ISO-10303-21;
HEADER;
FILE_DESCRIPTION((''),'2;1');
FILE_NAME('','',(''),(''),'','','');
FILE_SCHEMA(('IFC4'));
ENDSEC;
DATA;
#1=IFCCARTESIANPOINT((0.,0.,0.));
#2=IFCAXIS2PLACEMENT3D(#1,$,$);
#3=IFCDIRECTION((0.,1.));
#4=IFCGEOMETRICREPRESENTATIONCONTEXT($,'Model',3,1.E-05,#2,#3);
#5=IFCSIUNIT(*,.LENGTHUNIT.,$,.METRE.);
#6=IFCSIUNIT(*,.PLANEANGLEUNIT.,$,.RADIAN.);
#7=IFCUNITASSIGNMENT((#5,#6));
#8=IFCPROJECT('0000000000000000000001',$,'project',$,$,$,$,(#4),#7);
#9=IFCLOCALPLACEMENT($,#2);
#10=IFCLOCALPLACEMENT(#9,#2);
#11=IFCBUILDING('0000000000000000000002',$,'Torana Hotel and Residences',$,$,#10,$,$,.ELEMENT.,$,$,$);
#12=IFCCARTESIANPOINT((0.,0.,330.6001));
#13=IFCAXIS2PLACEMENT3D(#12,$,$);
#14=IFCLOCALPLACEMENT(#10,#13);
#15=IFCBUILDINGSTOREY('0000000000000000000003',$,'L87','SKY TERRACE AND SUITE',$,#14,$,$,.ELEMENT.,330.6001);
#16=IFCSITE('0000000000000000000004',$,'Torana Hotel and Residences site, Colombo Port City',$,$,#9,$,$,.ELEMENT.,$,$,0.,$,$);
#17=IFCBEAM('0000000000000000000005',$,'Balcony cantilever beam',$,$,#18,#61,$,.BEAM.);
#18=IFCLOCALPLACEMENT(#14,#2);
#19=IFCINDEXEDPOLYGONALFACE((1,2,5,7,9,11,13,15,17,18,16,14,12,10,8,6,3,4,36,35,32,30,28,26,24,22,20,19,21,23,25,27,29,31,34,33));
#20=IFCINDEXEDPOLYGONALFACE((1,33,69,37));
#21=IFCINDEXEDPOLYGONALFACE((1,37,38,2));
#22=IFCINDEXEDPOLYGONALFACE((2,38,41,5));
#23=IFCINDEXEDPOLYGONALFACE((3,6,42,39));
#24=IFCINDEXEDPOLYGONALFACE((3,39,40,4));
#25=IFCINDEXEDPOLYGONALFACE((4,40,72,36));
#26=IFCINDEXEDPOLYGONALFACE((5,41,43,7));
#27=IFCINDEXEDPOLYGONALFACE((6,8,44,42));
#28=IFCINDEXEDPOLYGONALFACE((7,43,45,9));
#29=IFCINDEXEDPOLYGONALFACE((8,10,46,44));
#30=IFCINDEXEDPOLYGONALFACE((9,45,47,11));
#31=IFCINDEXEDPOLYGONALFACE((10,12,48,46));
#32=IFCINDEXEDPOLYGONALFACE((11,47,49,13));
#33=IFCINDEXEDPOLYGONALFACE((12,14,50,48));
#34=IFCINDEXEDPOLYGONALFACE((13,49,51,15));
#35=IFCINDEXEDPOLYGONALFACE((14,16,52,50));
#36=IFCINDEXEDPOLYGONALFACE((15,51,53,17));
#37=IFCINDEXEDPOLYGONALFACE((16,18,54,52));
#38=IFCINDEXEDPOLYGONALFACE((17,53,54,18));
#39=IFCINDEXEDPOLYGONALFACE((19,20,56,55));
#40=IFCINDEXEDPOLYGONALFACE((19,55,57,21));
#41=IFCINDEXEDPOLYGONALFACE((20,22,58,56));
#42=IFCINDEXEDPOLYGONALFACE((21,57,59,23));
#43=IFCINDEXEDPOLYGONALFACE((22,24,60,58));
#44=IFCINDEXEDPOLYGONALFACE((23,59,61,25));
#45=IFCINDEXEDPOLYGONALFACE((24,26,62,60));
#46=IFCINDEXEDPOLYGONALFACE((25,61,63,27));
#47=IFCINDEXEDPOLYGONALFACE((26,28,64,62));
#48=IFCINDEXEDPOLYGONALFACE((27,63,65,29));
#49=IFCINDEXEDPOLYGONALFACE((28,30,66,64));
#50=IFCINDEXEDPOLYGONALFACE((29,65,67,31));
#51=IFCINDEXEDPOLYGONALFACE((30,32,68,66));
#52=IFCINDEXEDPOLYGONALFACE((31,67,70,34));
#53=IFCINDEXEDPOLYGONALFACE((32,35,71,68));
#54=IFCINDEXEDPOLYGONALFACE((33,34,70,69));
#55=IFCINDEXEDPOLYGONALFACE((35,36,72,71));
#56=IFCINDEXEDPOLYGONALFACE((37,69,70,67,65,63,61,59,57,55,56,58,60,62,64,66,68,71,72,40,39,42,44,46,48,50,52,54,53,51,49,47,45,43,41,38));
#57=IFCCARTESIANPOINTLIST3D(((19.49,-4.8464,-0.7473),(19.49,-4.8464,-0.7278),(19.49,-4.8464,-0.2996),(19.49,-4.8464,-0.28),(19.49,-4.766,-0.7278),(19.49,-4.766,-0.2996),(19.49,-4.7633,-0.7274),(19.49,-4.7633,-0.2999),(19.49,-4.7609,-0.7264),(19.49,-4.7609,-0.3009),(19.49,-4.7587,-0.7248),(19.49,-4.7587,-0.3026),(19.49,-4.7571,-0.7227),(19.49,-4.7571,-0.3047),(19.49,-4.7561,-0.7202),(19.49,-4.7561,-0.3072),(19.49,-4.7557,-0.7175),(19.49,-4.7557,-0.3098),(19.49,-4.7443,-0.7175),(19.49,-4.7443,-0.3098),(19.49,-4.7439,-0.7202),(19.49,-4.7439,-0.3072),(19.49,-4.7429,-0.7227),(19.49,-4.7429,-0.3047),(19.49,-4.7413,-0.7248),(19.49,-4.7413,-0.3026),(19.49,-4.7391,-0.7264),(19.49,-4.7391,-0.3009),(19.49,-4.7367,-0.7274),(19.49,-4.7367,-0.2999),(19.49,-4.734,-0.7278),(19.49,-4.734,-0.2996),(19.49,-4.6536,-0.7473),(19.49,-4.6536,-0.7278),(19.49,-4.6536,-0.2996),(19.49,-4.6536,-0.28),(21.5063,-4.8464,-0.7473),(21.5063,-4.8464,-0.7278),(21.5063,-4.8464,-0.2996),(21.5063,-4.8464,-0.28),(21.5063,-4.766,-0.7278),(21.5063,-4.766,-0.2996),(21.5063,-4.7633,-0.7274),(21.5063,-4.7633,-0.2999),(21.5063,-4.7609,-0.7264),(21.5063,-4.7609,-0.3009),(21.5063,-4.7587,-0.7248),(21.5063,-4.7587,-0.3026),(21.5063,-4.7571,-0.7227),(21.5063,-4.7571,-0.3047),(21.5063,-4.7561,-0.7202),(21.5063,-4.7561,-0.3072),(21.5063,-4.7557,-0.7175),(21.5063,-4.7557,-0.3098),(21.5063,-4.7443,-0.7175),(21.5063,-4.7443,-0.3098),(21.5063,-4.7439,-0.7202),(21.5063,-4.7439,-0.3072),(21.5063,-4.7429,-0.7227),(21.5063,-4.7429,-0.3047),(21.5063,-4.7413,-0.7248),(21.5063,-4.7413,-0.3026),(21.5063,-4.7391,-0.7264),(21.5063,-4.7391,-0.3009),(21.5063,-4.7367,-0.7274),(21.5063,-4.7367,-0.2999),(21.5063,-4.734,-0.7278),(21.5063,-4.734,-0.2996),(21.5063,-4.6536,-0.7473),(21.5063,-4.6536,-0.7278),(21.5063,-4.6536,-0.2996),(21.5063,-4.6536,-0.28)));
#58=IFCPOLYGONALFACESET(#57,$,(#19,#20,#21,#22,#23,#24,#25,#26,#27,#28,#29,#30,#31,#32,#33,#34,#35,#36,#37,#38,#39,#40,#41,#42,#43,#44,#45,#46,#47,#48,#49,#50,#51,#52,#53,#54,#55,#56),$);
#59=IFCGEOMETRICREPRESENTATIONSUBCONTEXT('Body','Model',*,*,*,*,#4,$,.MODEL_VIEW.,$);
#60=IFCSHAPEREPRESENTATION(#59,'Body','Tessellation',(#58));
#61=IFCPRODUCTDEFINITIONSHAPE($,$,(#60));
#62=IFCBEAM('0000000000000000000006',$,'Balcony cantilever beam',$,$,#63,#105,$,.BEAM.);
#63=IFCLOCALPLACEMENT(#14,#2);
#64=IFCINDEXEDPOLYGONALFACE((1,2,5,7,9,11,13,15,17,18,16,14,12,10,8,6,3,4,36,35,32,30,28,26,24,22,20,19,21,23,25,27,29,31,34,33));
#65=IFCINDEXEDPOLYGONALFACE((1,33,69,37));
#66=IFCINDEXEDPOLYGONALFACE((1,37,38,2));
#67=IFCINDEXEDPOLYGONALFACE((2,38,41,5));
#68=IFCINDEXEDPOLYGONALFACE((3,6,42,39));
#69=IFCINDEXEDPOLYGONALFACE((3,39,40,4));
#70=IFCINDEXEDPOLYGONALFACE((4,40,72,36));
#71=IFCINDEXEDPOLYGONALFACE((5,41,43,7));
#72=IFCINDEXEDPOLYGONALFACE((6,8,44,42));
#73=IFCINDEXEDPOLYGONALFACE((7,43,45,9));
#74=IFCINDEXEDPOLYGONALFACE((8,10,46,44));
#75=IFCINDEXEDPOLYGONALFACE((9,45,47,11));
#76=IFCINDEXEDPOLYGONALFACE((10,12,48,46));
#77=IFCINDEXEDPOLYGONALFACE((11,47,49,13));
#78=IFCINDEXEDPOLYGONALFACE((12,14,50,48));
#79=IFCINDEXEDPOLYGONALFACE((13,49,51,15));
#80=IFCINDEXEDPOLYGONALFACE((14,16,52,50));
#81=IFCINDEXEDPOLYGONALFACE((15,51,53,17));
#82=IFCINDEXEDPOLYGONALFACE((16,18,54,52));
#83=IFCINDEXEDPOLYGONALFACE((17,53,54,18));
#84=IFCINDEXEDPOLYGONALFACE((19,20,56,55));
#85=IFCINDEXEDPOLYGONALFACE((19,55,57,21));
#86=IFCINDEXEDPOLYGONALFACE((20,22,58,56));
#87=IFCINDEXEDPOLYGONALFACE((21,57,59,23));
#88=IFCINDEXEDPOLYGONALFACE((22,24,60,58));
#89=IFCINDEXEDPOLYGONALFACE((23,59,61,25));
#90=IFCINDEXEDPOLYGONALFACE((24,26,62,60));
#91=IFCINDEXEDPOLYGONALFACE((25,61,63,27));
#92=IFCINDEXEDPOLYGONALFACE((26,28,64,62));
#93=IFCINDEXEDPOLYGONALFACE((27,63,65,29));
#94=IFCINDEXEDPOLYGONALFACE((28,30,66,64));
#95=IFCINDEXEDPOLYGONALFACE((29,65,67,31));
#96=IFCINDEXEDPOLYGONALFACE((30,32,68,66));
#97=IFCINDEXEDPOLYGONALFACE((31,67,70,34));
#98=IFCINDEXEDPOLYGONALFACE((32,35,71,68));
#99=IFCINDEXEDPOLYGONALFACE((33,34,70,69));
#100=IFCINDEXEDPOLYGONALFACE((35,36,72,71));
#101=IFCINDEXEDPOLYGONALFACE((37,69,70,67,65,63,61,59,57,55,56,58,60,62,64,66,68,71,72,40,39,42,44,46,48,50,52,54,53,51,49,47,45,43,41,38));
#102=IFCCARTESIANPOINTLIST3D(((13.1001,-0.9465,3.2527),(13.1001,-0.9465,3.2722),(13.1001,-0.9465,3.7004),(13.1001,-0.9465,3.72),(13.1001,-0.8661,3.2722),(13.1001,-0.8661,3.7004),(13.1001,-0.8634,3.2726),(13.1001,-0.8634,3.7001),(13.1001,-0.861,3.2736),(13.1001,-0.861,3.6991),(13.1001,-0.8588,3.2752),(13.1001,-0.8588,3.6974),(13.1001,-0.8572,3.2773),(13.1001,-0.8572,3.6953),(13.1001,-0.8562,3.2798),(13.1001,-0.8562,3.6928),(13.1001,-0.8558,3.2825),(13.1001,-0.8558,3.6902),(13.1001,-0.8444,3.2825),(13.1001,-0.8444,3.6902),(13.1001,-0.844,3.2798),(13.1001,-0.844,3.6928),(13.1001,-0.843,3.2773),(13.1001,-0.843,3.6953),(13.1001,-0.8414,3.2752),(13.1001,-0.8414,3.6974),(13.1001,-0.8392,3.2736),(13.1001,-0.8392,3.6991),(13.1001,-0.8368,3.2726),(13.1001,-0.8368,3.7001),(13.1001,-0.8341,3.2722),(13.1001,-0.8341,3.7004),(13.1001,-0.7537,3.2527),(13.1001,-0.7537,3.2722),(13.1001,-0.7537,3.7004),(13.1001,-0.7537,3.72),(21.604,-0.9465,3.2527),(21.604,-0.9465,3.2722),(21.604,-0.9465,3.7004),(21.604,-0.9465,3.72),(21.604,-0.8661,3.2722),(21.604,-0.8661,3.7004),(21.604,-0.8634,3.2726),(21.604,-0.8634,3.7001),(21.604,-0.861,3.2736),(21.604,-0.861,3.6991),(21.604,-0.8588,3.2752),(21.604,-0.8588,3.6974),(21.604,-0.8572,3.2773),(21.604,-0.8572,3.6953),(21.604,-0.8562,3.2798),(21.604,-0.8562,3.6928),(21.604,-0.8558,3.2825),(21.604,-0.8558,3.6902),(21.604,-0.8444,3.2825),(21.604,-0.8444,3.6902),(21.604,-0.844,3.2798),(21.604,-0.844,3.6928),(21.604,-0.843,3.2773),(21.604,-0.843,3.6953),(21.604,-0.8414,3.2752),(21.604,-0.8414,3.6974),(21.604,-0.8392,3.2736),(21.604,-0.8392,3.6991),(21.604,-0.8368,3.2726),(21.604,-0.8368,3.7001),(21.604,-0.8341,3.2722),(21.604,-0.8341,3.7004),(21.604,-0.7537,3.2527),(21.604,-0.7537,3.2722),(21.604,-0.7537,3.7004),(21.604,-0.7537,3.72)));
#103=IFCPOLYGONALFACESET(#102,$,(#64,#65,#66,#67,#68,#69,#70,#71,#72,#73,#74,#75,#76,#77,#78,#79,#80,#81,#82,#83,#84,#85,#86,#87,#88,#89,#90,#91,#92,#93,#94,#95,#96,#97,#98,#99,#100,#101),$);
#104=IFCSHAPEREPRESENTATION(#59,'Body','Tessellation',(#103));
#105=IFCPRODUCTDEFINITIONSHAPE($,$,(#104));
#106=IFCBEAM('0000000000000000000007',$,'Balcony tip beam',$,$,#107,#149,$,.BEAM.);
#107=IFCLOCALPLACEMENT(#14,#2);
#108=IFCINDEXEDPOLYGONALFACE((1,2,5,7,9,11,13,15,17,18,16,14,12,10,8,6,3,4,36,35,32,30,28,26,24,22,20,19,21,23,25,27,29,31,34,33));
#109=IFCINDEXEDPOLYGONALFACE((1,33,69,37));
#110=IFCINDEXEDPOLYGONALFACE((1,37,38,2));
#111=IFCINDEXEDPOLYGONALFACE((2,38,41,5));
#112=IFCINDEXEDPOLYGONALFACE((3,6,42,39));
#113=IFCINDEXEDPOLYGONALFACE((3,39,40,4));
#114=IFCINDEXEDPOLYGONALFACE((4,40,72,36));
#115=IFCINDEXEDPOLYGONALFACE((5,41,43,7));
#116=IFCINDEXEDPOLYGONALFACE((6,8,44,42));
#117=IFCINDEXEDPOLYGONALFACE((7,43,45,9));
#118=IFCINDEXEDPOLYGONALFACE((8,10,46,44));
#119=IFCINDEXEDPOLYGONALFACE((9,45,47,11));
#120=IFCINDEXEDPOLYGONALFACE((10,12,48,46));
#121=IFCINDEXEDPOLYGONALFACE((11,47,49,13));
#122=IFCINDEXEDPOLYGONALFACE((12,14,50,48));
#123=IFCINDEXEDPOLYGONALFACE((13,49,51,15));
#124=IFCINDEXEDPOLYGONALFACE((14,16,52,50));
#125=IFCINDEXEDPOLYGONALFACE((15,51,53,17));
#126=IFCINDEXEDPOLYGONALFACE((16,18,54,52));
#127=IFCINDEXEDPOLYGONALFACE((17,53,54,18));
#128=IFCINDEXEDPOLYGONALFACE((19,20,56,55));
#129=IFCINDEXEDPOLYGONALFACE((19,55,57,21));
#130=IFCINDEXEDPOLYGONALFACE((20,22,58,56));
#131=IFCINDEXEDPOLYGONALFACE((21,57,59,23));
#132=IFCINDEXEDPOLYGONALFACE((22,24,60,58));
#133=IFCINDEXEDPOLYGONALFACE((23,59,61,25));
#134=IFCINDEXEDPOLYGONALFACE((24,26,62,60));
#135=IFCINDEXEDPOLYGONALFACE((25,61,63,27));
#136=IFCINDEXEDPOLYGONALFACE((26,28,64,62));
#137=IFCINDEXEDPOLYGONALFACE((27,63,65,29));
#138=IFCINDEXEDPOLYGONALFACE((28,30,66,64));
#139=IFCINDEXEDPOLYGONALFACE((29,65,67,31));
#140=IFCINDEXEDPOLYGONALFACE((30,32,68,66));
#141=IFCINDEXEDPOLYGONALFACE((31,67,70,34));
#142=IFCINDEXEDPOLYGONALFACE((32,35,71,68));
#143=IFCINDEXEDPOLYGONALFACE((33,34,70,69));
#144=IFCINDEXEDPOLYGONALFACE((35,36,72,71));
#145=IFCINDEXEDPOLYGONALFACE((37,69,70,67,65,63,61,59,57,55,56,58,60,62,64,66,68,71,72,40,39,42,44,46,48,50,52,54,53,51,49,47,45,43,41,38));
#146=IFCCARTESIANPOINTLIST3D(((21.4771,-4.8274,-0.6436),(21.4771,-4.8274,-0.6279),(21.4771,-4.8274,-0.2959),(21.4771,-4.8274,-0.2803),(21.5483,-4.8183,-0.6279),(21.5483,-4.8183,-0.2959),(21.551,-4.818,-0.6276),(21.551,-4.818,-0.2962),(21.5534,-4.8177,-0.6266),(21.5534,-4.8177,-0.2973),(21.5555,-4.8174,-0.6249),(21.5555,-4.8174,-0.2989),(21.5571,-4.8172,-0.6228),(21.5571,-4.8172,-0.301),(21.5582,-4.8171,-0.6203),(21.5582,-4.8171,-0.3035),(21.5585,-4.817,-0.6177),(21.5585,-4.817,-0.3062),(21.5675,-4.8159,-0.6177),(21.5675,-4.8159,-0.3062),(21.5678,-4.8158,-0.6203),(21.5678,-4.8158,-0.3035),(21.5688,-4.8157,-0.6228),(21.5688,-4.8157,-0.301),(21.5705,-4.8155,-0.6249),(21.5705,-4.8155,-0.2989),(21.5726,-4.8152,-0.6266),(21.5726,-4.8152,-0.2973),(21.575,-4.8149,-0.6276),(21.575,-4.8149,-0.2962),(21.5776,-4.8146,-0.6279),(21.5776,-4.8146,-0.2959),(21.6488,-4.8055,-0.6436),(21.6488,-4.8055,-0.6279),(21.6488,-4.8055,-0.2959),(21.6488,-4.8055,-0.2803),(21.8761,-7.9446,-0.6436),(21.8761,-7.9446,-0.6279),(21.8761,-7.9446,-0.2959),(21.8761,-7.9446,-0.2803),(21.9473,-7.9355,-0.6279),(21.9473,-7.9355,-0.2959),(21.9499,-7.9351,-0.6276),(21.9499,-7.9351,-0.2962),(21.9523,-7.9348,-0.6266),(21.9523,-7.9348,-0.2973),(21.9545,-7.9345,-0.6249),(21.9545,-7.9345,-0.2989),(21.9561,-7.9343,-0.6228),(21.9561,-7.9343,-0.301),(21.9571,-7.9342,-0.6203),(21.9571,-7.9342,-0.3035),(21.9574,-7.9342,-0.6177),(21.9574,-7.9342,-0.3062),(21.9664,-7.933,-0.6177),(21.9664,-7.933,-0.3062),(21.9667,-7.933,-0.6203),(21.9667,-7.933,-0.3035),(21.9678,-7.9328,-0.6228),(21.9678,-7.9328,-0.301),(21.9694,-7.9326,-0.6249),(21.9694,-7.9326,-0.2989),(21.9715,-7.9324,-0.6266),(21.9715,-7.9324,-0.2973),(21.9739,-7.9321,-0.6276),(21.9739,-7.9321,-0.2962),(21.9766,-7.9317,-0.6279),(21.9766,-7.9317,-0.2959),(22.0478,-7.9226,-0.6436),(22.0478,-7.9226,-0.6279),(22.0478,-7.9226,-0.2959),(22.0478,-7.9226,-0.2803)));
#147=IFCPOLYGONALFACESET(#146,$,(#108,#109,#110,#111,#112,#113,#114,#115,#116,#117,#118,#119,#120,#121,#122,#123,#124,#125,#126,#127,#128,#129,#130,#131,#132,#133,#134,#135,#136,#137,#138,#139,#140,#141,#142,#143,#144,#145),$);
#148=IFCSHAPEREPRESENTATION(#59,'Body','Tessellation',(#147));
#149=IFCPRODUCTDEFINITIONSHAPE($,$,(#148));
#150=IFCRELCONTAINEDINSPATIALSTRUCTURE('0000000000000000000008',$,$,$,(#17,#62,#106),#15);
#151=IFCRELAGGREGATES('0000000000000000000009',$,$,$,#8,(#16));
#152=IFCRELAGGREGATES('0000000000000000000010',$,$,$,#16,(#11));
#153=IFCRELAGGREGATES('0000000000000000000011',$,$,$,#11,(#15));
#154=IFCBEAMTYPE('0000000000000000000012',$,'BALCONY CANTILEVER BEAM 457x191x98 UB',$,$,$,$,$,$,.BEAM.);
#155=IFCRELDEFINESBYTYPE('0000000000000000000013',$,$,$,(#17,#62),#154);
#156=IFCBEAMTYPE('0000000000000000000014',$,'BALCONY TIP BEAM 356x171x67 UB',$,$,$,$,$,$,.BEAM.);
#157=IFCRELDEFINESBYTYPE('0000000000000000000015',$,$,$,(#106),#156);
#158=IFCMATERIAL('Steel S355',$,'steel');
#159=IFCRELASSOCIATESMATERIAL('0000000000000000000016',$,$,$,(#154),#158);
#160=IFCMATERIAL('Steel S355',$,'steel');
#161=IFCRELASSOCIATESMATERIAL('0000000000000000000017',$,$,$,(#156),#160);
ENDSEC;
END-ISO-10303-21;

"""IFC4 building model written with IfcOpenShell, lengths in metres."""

from ifc_helpers import new_model, si_unit, direction, frame, origin, origin_2d, place, context, subcontext, project, spatial, i_section, extrude, material, material_profile, profile_set, type_object, element, save


model = new_model("IFC4")

# Units and contexts
model_context = context("Model", 3, precision=1e-05, world=origin(), true_north=direction((0.0, 1.0)))
body_context = subcontext(model_context, "Body", "Model", "MODEL_VIEW")
ifc_project = project(units=[si_unit("LENGTHUNIT", "METRE"), si_unit("PLANEANGLEUNIT", "RADIAN")], contexts=[model_context])

# Site, building, storey
site_placement = place(None, origin())
site = spatial("IfcSite", under=ifc_project, at=site_placement, Name="Torana Hotel and Residences site, Colombo Port City", CompositionType="ELEMENT", RefElevation=0.0)
building_placement = place(site_placement, origin())
building = spatial("IfcBuilding", under=site, at=building_placement, Name="Torana Hotel and Residences", CompositionType="ELEMENT")
storey_placement = place(building_placement, frame((0.0, 0.0, 330.6001)))
storey = spatial("IfcBuildingStorey", under=building, at=storey_placement, Name="L87", Description="SKY TERRACE AND SUITE", CompositionType="ELEMENT", Elevation=330.6001)

# Beams
ifc_material_1 = material(Name="Steel S355", Category="steel")
ifc_material_profile_1 = material_profile(ifc_material_1, i_section(OverallWidth=0.1929, OverallDepth=0.4673, WebThickness=0.0115, FlangeThickness=0.0195, FilletRadius=0.0103, at=origin_2d()), Name="457x191x98 UB")
ifc_profile_set_1 = profile_set([ifc_material_profile_1], Name="Steel S355")
beam_type_1 = type_object("IfcBeamType", Name="BALCONY CANTILEVER BEAM 457x191x98 UB", PredefinedType="BEAM", material=ifc_profile_set_1)
beam_1_placement = place(storey_placement, frame((19.49, -4.75, -0.5137), z_axis=(1.0, 0.0, 0.0), x_axis=(0.0, 1.0, 0.0)))
element("IfcBeam", 1, at=beam_1_placement, inside=storey, type_object=beam_type_1, Name="Balcony cantilever beam", PredefinedType="BEAM", context=body_context, shape_type="SweptSolid", body=[
    extrude(i_section(OverallWidth=0.1929, OverallDepth=0.4673, WebThickness=0.0115, FlangeThickness=0.0195, FilletRadius=0.0103, at=origin_2d()), origin(), (0.0, 0.0, 1.0), 2.0164),
])
beam_2_placement = place(storey_placement, frame((21.604, -0.8501, 3.4863), z_axis=(-1.0, 0.0, 0.0), x_axis=(0.0, -1.0, 0.0)))
element("IfcBeam", 2, at=beam_2_placement, inside=storey, type_object=beam_type_1, Name="Balcony cantilever beam", PredefinedType="BEAM", context=body_context, shape_type="SweptSolid", body=[
    extrude(i_section(OverallWidth=0.1929, OverallDepth=0.4673, WebThickness=0.0115, FlangeThickness=0.0195, FilletRadius=0.0103, at=origin_2d()), origin(), (0.0, 0.0, 1.0), 8.5039),
])
ifc_material_2 = material(Name="Steel S355", Category="steel")
ifc_material_profile_2 = material_profile(ifc_material_2, i_section(OverallWidth=0.1731, OverallDepth=0.3633, WebThickness=0.009, FlangeThickness=0.0156, FilletRadius=0.0103, at=origin_2d()), Name="356x171x67 UB")
ifc_profile_set_2 = profile_set([ifc_material_profile_2], Name="Steel S355")
beam_type_2 = type_object("IfcBeamType", Name="BALCONY TIP BEAM 356x171x67 UB", PredefinedType="BEAM", material=ifc_profile_set_2)
beam_3_placement = place(storey_placement, frame((21.9619, -7.9336, -0.4619), z_axis=(-0.126941, 0.99191, 0.0), x_axis=(-0.99191, -0.126941, 0.0)))
element("IfcBeam", 3, at=beam_3_placement, inside=storey, type_object=beam_type_2, Name="Balcony tip beam", PredefinedType="BEAM", context=body_context, shape_type="SweptSolid", body=[
    extrude(i_section(OverallWidth=0.1731, OverallDepth=0.3633, WebThickness=0.009, FlangeThickness=0.0156, FilletRadius=0.0103, at=origin_2d()), origin(), (0.0, 0.0, 1.0), 3.1426),
])

save(model, "model.ifc")
